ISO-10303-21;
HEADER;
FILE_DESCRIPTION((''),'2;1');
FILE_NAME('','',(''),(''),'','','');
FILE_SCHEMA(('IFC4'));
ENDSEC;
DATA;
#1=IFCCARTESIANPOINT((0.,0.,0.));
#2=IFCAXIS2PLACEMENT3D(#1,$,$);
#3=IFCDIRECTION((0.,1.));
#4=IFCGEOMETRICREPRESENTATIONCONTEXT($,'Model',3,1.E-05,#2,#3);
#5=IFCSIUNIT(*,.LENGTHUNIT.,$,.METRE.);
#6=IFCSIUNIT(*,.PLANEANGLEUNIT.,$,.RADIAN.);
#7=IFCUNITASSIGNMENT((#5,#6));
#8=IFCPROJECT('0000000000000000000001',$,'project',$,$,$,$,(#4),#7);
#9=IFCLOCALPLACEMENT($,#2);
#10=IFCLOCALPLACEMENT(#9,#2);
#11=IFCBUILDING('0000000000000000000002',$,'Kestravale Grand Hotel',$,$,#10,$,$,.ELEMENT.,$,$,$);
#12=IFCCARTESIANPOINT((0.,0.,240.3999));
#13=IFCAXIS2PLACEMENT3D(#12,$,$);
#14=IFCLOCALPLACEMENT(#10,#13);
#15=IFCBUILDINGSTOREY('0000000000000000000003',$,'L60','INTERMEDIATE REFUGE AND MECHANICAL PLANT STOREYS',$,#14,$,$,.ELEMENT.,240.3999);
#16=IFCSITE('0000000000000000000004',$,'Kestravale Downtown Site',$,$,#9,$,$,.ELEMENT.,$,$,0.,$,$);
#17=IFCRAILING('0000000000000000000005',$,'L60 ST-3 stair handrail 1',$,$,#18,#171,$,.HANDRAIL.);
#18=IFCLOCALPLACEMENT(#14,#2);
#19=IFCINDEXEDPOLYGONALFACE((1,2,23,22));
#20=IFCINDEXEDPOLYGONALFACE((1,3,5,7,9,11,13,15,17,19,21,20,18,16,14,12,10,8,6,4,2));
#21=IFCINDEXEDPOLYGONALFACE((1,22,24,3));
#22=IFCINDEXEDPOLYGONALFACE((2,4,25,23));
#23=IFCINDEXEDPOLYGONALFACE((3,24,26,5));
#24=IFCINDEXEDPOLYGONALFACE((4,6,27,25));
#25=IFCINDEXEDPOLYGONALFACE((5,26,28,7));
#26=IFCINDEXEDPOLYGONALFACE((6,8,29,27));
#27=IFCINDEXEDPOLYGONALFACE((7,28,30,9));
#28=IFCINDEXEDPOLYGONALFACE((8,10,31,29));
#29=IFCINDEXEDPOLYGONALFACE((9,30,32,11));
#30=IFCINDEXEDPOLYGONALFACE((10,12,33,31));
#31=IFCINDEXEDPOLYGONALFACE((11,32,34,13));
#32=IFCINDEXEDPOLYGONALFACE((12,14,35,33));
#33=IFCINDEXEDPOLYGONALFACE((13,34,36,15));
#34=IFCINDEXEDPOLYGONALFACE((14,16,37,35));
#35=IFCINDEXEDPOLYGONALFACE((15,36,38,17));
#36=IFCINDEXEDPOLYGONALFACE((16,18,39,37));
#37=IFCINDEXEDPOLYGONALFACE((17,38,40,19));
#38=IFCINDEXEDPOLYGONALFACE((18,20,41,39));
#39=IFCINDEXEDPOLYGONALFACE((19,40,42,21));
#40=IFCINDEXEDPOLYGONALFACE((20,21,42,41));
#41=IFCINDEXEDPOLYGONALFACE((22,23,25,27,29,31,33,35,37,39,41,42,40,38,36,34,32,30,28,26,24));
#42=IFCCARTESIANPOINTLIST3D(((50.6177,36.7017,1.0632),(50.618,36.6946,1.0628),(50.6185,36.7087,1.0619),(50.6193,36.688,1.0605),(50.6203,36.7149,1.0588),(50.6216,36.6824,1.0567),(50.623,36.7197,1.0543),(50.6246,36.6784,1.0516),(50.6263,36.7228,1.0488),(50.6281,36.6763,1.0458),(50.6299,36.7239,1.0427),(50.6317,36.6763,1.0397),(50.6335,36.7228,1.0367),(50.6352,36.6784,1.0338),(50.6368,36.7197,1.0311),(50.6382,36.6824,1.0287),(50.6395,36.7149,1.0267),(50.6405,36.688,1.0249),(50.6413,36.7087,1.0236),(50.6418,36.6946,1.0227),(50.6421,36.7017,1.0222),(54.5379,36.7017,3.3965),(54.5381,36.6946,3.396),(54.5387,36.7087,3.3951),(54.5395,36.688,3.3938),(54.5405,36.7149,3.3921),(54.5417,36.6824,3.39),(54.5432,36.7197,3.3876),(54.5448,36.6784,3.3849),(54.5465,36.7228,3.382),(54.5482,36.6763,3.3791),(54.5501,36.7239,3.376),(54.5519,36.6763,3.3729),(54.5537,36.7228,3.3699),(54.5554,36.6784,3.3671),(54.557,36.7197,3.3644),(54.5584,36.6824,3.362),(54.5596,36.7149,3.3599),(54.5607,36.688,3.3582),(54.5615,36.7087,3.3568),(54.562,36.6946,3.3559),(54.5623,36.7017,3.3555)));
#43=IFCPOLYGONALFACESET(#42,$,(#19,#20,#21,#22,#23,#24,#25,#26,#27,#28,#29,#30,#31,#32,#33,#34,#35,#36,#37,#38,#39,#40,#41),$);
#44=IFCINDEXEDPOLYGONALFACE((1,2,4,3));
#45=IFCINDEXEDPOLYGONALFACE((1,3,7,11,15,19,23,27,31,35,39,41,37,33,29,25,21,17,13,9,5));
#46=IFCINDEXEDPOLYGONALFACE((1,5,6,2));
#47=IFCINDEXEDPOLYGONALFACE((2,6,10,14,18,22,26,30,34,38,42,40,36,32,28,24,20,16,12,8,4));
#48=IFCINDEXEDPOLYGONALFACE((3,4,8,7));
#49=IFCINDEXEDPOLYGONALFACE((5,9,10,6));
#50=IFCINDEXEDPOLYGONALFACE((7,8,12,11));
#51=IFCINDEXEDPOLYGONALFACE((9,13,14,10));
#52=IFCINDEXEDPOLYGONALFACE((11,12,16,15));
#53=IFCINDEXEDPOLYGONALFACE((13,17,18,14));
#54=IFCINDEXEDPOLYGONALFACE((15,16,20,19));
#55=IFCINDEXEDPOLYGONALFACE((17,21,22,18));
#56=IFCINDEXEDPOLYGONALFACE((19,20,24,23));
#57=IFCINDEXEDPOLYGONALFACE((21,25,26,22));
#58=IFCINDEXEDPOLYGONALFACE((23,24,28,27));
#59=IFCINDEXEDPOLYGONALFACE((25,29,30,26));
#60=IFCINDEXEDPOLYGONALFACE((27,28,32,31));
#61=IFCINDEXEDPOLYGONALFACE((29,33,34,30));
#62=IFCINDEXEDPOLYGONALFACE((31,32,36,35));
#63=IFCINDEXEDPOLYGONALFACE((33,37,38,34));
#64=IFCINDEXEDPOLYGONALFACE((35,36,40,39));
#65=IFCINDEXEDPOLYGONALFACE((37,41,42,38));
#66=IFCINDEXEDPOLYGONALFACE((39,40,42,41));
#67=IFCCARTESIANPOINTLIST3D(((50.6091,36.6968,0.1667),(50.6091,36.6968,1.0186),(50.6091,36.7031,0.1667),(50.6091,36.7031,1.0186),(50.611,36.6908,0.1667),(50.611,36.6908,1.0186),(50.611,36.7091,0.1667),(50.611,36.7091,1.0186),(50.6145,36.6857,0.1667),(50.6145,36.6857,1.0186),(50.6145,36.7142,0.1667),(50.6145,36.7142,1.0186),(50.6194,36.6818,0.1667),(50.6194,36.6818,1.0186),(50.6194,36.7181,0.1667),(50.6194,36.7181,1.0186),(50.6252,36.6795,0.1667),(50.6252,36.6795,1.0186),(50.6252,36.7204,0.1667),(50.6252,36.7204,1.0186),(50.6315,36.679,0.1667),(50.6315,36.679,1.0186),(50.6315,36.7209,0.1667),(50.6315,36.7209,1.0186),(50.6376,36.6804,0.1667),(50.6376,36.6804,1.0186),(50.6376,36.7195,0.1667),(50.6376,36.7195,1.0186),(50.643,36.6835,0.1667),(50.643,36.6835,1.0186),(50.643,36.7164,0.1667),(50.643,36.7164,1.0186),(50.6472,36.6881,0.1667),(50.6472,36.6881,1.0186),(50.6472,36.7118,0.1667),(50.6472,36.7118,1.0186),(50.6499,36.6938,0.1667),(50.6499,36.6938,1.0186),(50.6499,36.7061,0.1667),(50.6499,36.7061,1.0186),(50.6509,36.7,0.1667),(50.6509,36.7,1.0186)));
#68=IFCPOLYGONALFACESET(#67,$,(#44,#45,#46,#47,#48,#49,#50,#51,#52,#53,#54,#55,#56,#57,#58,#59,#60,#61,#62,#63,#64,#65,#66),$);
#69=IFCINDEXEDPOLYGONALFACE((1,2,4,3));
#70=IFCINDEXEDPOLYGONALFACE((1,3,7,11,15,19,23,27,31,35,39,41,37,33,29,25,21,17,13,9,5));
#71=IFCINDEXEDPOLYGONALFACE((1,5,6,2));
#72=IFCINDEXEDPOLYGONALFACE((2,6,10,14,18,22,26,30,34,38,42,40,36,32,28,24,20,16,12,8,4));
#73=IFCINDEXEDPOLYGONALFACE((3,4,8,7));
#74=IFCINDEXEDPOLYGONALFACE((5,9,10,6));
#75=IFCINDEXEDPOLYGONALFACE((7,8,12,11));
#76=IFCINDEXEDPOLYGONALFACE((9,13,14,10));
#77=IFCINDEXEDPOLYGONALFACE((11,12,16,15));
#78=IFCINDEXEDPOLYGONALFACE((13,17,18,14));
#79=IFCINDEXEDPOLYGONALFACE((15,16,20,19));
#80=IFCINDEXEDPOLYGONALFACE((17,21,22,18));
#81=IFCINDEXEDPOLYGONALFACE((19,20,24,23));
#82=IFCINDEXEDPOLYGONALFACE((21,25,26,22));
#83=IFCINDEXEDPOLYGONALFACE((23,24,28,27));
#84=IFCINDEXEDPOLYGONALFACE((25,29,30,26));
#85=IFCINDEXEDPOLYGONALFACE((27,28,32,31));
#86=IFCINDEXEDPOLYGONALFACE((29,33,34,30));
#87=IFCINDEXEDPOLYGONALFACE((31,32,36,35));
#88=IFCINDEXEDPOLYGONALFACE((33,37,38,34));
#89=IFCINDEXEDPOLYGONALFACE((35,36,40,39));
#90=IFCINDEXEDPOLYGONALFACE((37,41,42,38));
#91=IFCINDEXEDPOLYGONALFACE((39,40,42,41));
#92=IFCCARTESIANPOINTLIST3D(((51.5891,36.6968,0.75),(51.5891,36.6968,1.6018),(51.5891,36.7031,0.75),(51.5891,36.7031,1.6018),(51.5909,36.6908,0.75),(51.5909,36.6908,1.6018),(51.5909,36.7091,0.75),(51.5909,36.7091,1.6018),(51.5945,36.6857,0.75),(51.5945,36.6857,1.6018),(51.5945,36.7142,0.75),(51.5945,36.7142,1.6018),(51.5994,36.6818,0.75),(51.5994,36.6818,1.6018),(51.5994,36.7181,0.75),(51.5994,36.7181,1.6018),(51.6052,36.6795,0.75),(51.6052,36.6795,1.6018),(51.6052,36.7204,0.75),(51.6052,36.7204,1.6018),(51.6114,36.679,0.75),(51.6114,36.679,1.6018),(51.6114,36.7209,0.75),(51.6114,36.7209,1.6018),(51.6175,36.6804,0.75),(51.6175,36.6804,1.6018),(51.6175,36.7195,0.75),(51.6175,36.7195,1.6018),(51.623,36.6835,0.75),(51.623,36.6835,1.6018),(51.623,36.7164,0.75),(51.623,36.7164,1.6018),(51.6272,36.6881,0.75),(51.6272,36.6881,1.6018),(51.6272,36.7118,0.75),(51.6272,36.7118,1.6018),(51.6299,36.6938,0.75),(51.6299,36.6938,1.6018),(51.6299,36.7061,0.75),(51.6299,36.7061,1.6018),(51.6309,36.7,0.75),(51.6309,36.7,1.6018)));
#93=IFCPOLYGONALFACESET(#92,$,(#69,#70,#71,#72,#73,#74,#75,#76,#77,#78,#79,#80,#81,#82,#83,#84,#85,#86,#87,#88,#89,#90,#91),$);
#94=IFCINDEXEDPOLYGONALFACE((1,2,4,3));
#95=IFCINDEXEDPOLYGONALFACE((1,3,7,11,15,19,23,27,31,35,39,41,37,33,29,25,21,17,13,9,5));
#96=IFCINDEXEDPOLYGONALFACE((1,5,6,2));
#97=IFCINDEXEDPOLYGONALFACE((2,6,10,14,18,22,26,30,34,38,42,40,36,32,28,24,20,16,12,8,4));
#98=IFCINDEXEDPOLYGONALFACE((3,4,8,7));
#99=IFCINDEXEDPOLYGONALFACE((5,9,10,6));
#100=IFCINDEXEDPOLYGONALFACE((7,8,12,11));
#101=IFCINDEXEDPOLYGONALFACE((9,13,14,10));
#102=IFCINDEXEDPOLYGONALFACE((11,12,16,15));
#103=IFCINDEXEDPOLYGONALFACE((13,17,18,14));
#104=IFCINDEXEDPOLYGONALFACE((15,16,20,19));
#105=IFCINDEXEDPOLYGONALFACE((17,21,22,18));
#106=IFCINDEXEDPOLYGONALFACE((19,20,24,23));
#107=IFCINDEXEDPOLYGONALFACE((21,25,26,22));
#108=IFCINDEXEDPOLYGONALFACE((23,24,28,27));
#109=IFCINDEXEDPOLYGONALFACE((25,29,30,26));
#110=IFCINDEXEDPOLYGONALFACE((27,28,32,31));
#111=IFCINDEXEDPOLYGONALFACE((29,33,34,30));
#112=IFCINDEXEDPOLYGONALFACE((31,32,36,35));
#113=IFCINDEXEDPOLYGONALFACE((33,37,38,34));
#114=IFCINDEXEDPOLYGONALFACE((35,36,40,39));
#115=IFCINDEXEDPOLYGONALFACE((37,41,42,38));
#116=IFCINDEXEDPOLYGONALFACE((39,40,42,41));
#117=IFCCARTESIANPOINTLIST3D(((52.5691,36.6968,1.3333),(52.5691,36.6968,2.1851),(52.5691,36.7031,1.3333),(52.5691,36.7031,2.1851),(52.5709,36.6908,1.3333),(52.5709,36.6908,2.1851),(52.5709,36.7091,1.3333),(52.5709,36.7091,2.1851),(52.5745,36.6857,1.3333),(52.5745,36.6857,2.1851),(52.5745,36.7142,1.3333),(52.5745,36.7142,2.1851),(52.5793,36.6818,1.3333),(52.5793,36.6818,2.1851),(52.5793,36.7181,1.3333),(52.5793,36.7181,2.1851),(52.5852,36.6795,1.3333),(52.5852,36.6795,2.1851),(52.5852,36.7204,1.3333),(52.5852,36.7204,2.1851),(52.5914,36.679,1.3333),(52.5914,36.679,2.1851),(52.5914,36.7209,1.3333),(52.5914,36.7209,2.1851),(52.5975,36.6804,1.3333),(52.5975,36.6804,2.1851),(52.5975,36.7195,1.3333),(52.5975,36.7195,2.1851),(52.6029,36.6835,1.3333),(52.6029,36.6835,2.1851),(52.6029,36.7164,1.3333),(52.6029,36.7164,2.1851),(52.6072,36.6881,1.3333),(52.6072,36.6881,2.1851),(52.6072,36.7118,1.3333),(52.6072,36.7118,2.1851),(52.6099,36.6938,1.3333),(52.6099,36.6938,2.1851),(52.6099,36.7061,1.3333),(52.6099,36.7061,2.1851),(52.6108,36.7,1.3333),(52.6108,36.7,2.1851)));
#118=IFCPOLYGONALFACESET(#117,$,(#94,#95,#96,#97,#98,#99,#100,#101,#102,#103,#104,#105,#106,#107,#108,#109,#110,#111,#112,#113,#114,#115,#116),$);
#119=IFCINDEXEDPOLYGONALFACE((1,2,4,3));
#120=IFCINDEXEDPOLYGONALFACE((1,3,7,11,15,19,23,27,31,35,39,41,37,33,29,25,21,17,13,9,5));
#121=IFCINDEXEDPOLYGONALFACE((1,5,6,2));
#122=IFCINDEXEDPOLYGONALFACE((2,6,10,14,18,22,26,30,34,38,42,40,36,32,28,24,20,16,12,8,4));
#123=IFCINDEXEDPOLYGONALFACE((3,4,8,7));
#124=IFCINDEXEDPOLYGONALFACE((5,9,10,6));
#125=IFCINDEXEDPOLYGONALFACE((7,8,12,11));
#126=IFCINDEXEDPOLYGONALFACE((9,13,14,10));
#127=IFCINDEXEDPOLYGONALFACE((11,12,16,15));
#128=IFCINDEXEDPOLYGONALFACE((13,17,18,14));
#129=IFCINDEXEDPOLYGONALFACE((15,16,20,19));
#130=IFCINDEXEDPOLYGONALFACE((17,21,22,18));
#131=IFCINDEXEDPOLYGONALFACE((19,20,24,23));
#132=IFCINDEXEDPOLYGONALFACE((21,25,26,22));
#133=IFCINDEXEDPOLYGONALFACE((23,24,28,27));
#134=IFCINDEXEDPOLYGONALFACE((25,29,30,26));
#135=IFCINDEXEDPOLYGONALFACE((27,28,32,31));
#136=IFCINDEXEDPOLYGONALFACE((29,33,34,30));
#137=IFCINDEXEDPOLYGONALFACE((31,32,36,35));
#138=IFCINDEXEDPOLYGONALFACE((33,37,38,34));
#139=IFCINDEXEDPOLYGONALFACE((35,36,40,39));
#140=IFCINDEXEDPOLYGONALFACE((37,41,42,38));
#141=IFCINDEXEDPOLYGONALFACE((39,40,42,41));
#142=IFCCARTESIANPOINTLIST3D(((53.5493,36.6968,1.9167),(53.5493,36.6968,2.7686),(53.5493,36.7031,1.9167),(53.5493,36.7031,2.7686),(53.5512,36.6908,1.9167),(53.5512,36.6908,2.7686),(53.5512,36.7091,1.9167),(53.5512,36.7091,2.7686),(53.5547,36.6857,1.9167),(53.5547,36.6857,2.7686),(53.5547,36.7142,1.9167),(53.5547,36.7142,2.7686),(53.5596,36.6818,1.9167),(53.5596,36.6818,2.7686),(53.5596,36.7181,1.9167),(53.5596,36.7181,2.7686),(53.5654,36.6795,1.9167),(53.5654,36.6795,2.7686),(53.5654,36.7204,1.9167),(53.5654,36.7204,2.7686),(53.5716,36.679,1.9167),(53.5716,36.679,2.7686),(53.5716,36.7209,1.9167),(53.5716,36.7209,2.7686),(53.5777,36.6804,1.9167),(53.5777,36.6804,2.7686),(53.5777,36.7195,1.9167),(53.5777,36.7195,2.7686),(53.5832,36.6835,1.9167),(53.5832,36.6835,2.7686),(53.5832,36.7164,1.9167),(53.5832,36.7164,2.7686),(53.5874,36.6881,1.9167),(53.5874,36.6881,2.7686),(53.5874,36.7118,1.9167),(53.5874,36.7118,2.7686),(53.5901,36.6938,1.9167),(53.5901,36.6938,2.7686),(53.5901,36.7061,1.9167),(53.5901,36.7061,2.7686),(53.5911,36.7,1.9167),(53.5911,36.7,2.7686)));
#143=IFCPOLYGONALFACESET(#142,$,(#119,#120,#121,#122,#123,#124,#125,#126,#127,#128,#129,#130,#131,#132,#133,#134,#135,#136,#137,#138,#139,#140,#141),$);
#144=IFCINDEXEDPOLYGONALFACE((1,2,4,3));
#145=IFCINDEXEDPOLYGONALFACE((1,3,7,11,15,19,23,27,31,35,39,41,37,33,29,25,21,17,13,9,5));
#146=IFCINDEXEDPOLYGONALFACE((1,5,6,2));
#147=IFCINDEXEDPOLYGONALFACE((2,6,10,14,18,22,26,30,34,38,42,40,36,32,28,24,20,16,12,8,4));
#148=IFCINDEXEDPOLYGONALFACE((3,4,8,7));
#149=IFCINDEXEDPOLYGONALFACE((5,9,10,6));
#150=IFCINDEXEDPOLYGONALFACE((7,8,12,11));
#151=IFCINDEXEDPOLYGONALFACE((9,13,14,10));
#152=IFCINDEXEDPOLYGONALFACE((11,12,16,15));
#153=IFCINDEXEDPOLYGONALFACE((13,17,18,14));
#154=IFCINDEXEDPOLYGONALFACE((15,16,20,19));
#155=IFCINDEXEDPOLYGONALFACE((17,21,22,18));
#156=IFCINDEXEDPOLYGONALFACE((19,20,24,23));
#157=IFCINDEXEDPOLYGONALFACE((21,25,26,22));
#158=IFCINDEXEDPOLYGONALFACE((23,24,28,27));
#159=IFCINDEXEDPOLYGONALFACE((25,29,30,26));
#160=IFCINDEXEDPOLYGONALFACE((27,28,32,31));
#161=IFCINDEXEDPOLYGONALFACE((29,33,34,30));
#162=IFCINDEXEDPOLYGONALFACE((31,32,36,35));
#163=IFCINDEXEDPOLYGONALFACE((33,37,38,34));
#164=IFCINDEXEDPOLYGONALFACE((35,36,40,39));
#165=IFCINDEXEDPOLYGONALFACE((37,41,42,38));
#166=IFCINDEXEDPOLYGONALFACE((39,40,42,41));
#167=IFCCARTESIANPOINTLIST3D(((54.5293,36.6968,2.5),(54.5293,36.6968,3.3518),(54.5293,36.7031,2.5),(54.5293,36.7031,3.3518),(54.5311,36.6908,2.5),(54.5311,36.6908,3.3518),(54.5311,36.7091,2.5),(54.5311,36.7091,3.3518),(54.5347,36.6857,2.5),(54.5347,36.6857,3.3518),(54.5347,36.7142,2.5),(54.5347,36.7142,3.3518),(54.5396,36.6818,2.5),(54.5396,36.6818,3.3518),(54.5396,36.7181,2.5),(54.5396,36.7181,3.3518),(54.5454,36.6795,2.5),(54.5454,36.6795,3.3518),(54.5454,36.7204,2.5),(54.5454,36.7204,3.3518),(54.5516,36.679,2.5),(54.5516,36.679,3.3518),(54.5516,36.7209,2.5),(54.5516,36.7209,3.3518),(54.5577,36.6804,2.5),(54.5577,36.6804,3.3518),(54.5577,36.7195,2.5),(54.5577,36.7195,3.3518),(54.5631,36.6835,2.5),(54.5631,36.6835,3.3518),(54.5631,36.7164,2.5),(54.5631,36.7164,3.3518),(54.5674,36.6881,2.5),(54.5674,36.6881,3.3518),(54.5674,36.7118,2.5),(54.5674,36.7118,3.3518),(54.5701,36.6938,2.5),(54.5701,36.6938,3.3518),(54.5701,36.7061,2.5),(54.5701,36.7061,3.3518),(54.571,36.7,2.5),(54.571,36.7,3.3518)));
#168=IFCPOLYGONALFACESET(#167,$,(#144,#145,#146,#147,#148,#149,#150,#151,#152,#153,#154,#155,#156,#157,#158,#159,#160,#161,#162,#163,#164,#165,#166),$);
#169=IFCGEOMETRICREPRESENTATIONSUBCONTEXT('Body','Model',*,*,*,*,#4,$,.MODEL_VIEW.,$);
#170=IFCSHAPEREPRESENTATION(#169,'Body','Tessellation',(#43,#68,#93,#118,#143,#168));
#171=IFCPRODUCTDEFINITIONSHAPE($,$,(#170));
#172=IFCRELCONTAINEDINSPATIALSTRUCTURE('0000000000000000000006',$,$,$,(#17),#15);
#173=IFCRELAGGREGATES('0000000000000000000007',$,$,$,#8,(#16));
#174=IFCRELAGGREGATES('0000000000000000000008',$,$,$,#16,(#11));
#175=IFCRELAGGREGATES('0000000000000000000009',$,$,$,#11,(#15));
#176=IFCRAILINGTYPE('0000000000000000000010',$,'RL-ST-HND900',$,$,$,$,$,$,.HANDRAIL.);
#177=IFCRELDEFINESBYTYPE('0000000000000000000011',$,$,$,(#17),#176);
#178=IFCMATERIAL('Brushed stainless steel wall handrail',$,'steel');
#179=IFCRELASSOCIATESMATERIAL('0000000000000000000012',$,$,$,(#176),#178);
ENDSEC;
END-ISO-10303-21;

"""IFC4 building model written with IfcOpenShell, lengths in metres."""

from ifc_helpers import new_model, si_unit, direction, frame, origin, origin_2d, place, context, subcontext, project, spatial, circle, extrude, material, type_object, element, save


model = new_model("IFC4")

# Units and contexts
model_context = context("Model", 3, precision=1e-05, world=origin(), true_north=direction((0.0, 1.0)))
body_context = subcontext(model_context, "Body", "Model", "MODEL_VIEW")
ifc_project = project(units=[si_unit("LENGTHUNIT", "METRE"), si_unit("PLANEANGLEUNIT", "RADIAN")], contexts=[model_context])

# Site, building, storey
site_placement = place(None, origin())
site = spatial("IfcSite", under=ifc_project, at=site_placement, Name="Kestravale Downtown Site", CompositionType="ELEMENT", RefElevation=0.0)
building_placement = place(site_placement, origin())
building = spatial("IfcBuilding", under=site, at=building_placement, Name="Kestravale Grand Hotel", CompositionType="ELEMENT")
storey_placement = place(building_placement, frame((0.0, 0.0, 240.3999)))
storey = spatial("IfcBuildingStorey", under=building, at=storey_placement, Name="L60", Description="INTERMEDIATE REFUGE AND MECHANICAL PLANT STOREYS", CompositionType="ELEMENT", Elevation=240.3999)

# Railing
ifc_material_1 = material(Name="Brushed stainless steel wall handrail", Category="steel")
railing_type_1 = type_object("IfcRailingType", Name="RL-ST-HND900", PredefinedType="HANDRAIL", material=ifc_material_1)
railing_1_placement = place(storey_placement, frame((50.6299, 36.7, 0.1667)))
element("IfcRailing", 1, at=railing_1_placement, inside=storey, type_object=railing_type_1, Name="L60 ST-3 stair handrail 1", PredefinedType="HANDRAIL", context=body_context, shape_type="SweptSolid", body=[
    extrude(circle(Radius=0.0239, at=origin_2d()), frame((0.0, 0.0, 0.876), z_axis=(0.85931, 0.0, 0.511455), x_axis=(0.0, 1.0, 0.0)), (0.0, 0.0, 1.0), 4.562),
    extrude(circle(Radius=0.021, at=origin_2d()), origin(), (0.0, 0.0, 1.0), 0.8518),
    extrude(circle(Radius=0.021, at=origin_2d()), frame((0.98, 0.0, 0.5833)), (0.0, 0.0, 1.0), 0.8518),
    extrude(circle(Radius=0.021, at=origin_2d()), frame((1.96, 0.0, 1.1665)), (0.0, 0.0, 1.0), 0.8518),
    extrude(circle(Radius=0.021, at=origin_2d()), frame((2.9402, 0.0, 1.75)), (0.0, 0.0, 1.0), 0.8518),
    extrude(circle(Radius=0.021, at=origin_2d()), frame((3.9202, 0.0, 2.3333)), (0.0, 0.0, 1.0), 0.8518),
])

save(model, "model.ifc")
